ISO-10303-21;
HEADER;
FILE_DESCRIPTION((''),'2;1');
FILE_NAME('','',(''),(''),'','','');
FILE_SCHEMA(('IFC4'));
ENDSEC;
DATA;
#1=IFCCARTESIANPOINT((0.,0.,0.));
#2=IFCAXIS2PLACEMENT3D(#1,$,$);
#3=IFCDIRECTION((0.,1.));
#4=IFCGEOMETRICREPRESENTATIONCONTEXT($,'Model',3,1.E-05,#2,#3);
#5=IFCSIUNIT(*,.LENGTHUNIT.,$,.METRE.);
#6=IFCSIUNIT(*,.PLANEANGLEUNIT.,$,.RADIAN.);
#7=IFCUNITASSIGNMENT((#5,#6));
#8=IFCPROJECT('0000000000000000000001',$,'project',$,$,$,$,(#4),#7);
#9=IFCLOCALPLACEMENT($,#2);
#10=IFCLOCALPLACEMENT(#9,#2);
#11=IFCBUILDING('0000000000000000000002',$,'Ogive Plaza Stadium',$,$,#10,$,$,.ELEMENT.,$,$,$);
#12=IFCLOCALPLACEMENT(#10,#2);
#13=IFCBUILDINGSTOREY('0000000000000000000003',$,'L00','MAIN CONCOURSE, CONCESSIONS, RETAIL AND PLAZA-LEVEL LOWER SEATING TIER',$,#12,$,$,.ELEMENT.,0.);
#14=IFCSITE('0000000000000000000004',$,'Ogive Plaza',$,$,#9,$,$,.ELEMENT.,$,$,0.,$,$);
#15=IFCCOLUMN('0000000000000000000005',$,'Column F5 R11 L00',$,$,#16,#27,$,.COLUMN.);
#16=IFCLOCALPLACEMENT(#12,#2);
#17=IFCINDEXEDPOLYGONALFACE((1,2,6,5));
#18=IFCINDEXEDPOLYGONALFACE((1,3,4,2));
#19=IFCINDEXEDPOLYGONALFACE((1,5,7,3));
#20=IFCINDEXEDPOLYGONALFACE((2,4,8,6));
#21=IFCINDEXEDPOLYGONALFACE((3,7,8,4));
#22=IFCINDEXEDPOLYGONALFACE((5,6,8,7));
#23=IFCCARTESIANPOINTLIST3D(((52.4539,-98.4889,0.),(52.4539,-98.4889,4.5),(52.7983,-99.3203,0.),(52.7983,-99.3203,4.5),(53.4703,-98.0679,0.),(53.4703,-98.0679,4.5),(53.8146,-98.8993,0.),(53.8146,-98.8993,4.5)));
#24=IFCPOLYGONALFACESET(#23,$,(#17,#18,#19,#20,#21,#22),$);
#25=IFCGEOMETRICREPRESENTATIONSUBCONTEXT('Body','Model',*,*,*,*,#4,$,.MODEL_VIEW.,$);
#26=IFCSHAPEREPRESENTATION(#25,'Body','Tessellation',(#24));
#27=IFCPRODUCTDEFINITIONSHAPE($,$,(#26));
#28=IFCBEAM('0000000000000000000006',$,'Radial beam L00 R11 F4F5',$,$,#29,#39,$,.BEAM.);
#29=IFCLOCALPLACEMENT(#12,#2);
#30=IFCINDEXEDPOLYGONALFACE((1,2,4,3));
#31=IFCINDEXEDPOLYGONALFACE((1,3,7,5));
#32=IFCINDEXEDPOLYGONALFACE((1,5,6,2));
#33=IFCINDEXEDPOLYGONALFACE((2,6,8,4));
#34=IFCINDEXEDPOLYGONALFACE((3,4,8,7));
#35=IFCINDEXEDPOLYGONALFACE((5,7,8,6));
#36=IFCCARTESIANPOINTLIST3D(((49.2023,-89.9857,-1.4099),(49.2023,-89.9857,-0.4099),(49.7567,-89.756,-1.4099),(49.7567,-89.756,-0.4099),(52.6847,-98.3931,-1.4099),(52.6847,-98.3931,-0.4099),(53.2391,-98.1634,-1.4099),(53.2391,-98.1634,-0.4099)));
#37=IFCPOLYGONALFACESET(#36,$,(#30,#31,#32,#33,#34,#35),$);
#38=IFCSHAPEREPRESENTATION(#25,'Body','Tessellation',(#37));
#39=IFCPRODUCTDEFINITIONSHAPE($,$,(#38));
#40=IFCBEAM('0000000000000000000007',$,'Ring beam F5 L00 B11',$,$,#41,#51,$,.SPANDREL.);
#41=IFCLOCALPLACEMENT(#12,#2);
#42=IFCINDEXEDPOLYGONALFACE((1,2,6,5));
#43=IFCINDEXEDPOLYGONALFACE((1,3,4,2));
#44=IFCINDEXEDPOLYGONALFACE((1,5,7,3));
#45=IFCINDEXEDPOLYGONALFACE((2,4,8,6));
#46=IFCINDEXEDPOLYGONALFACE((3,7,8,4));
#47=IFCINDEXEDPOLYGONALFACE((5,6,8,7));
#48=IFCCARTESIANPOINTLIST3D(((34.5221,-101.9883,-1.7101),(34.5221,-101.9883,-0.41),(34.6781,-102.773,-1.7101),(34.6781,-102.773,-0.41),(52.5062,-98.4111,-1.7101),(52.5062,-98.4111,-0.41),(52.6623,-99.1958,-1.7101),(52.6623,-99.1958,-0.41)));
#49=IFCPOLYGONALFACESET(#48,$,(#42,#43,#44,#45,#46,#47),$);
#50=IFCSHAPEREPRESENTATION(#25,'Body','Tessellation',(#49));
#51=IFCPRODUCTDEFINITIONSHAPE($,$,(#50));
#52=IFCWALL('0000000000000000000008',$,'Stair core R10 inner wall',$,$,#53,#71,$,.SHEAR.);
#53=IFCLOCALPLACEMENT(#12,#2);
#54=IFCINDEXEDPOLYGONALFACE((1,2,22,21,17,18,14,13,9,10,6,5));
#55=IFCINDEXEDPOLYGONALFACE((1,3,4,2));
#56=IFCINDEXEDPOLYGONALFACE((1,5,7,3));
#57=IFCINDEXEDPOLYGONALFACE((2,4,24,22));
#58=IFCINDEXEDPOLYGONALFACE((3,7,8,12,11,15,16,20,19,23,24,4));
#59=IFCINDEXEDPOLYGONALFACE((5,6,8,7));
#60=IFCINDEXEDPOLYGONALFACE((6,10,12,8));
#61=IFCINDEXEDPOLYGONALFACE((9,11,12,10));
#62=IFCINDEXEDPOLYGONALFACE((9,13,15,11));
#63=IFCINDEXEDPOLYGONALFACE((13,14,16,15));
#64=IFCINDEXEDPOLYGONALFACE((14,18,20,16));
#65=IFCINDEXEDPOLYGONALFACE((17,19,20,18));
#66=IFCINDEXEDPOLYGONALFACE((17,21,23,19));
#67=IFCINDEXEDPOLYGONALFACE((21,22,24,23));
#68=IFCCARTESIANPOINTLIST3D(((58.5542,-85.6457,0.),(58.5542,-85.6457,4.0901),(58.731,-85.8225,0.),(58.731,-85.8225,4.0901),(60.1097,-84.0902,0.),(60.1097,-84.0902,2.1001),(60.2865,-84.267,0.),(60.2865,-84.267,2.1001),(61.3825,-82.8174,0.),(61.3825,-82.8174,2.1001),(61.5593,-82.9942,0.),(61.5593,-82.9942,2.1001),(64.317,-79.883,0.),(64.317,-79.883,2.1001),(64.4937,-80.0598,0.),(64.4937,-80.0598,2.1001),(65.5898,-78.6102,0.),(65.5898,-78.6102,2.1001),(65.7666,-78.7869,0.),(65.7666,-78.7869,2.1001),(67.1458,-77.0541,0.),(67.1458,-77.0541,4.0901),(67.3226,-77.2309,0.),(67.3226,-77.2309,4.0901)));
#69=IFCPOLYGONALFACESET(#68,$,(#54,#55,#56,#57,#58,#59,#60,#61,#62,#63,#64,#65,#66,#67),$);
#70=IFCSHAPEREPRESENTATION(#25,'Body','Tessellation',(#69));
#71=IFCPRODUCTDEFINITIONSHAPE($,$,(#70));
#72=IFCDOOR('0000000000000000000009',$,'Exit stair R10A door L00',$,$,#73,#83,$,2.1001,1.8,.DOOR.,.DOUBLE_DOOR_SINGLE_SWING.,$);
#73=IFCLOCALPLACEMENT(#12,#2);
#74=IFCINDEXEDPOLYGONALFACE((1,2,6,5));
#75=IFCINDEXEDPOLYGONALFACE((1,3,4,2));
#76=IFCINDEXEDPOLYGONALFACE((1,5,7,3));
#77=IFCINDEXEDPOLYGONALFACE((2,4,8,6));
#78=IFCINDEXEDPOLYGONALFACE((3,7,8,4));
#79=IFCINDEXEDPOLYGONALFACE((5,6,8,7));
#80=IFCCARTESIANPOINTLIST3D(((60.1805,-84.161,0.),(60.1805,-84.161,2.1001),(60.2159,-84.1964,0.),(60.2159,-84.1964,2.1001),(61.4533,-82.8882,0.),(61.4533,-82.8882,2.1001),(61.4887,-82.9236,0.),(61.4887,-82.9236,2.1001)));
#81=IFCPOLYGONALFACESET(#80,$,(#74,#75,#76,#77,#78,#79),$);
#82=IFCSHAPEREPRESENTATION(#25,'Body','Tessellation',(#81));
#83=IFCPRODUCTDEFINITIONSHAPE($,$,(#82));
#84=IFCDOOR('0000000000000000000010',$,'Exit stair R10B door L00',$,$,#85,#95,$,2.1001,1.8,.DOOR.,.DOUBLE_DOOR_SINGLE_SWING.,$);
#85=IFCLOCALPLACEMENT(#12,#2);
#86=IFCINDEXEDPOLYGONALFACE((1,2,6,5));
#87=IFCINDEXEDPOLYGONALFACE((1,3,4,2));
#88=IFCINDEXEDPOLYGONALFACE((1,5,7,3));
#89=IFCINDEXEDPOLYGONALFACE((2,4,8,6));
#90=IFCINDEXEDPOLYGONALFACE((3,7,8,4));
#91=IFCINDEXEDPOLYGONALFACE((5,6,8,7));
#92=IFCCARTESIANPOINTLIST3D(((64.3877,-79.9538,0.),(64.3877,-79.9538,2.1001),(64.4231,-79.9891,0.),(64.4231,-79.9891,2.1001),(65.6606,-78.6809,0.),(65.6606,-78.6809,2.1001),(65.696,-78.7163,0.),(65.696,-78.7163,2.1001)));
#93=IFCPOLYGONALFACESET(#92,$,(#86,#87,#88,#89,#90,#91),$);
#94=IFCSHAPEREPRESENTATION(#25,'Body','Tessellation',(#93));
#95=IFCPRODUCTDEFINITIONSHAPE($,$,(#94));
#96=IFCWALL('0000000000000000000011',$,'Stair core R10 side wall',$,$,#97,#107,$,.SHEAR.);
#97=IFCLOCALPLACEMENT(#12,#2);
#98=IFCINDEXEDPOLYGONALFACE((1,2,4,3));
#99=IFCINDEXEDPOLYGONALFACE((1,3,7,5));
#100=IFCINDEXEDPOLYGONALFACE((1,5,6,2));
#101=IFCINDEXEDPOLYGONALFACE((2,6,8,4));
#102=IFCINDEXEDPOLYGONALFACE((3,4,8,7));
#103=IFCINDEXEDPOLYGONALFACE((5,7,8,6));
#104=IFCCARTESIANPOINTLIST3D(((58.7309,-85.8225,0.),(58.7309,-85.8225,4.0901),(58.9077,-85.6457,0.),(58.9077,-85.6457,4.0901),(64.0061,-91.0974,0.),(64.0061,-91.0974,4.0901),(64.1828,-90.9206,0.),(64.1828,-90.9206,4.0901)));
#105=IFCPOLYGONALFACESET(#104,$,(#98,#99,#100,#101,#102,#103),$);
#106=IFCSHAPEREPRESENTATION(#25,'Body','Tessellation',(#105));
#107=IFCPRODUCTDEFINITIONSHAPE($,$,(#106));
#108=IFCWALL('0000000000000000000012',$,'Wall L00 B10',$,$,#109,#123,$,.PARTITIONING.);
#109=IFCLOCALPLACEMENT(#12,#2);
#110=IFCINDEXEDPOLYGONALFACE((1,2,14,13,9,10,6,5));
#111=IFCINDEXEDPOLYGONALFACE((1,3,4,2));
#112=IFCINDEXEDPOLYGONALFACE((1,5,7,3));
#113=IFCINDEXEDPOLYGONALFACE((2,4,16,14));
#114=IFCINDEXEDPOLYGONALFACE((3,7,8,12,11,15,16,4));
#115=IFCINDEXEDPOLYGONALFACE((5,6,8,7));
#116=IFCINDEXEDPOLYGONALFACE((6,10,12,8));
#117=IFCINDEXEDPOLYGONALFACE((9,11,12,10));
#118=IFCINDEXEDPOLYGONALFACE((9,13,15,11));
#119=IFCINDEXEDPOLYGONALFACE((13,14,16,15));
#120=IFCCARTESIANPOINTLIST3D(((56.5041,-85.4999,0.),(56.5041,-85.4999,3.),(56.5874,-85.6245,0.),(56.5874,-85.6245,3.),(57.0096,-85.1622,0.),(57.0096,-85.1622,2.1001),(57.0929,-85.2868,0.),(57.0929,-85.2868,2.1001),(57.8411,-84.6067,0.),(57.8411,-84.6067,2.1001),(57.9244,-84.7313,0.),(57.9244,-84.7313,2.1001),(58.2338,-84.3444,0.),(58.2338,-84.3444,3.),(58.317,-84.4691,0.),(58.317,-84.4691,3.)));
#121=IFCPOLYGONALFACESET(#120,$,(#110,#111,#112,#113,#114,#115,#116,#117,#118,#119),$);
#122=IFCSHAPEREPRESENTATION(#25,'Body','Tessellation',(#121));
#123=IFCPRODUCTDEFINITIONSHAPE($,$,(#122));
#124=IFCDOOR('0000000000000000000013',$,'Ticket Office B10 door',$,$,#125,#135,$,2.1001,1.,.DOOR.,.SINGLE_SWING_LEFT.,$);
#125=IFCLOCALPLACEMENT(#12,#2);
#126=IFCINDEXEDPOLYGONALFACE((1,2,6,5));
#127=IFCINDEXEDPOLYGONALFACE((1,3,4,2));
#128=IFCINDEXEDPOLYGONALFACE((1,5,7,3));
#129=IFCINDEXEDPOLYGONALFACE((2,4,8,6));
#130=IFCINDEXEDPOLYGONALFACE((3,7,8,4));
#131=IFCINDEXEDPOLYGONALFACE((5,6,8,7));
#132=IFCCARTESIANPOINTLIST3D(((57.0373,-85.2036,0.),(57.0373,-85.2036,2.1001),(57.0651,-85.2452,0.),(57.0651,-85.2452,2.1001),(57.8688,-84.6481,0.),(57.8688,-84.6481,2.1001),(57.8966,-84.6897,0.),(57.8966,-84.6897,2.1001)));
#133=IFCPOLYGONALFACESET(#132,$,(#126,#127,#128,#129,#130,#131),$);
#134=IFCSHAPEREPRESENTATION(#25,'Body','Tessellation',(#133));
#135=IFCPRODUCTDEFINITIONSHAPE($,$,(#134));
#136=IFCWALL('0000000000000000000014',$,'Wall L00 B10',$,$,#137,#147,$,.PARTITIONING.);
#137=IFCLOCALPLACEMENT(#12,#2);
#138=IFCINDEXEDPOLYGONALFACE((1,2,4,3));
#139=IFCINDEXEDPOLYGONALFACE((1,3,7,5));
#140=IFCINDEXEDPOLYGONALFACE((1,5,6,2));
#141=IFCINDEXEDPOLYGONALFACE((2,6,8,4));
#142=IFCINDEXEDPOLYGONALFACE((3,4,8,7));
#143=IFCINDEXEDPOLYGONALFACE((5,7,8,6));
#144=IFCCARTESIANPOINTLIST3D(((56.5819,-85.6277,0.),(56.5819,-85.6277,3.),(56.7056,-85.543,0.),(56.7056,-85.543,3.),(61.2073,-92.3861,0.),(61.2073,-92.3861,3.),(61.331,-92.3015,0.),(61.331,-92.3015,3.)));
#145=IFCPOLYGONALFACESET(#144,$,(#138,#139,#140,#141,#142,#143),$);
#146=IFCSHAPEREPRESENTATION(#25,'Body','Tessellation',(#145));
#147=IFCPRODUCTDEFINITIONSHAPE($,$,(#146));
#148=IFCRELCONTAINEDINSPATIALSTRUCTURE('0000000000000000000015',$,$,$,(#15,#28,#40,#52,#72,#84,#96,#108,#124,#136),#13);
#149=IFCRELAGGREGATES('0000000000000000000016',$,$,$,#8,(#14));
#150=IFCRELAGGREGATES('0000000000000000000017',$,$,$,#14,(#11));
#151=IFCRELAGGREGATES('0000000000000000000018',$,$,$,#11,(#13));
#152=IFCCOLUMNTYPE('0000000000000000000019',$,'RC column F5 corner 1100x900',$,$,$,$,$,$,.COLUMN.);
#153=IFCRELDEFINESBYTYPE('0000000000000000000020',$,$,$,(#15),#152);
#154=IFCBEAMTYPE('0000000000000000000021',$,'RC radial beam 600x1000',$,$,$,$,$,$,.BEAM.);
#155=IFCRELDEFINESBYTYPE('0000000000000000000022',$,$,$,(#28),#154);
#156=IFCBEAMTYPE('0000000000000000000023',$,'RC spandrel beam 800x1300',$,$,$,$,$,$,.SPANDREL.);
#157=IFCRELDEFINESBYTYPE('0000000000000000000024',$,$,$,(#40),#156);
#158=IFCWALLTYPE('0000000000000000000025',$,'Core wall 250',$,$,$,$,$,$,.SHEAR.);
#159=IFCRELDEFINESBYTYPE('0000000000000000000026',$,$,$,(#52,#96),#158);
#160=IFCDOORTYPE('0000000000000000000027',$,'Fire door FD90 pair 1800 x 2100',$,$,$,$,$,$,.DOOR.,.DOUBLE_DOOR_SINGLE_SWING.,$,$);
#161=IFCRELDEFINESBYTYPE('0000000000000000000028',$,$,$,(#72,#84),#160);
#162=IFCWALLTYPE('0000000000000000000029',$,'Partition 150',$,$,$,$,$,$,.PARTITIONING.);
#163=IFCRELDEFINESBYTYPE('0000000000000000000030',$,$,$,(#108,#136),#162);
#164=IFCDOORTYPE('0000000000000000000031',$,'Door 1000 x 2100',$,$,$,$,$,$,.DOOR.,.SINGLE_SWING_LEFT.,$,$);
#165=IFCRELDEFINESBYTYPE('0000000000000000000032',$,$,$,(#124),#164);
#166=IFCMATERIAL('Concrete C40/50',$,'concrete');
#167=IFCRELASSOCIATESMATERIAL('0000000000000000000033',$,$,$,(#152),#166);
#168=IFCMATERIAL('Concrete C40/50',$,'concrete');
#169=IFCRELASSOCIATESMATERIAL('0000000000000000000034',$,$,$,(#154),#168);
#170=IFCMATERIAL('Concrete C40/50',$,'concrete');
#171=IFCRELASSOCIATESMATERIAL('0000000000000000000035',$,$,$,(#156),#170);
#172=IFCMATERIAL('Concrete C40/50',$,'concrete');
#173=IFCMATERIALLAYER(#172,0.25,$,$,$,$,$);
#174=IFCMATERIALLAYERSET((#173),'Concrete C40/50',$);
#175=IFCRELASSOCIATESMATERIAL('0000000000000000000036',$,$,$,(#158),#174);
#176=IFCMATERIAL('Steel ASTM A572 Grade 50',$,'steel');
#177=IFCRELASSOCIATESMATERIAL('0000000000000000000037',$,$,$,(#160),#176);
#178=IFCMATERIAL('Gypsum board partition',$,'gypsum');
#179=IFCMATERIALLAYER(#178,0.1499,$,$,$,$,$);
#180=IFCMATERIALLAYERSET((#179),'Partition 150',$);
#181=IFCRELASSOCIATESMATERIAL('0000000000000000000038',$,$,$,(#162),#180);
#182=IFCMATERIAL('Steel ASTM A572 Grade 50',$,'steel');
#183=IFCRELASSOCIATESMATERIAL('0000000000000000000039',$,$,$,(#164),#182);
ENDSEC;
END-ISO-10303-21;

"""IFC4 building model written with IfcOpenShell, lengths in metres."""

from ifc_helpers import new_model, si_unit, direction, frame, frame_2d, origin, origin_2d, place, context, subcontext, project, spatial, rectangle, extrude, material, layer, layer_set, material_profile, profile_set, type_object, element, fill, save


model = new_model("IFC4")

# Units and contexts
model_context = context("Model", 3, precision=1e-05, world=origin(), true_north=direction((0.0, 1.0)))
body_context = subcontext(model_context, "Body", "Model", "MODEL_VIEW")
ifc_project = project(units=[si_unit("LENGTHUNIT", "METRE"), si_unit("PLANEANGLEUNIT", "RADIAN")], contexts=[model_context])

# Site, building, storey
site_placement = place(None, origin())
site = spatial("IfcSite", under=ifc_project, at=site_placement, Name="Ogive Plaza", CompositionType="ELEMENT", RefElevation=0.0)
building_placement = place(site_placement, origin())
building = spatial("IfcBuilding", under=site, at=building_placement, Name="Ogive Plaza Stadium", CompositionType="ELEMENT")
storey_placement = place(building_placement, origin())
storey = spatial("IfcBuildingStorey", under=building, at=storey_placement, Name="L00", Description="MAIN CONCOURSE, CONCESSIONS, RETAIL AND PLAZA-LEVEL LOWER SEATING TIER", CompositionType="ELEMENT", Elevation=0.0)

# Column
ifc_material_1 = material(Name="Concrete C40/50", Category="concrete")
ifc_material_profile_1 = material_profile(ifc_material_1, rectangle(XDim=1.1001, YDim=0.8999, at=origin_2d()), Name="RC 1100x900")
ifc_profile_set_1 = profile_set([ifc_material_profile_1], Name="Concrete C40/50")
column_type = type_object("IfcColumnType", Name="RC column F5 corner 1100x900", PredefinedType="COLUMN", material=ifc_profile_set_1)
column_placement = place(storey_placement, frame((53.1343, -98.6941, 0.0), z_axis=(0.0, 0.0, 1.0), x_axis=(0.92388, 0.382683, 0.0)))
element("IfcColumn", 1, at=column_placement, inside=storey, type_object=column_type, Name="Column F5 R11 L00", PredefinedType="COLUMN", context=body_context, shape_type="SweptSolid", body=[
    extrude(rectangle(XDim=1.1001, YDim=0.8999, at=origin_2d()), origin(), (0.0, 0.0, 1.0), 4.5),
])

# Beams
ifc_material_2 = material(Name="Concrete C40/50", Category="concrete")
ifc_material_profile_2 = material_profile(ifc_material_2, rectangle(XDim=0.6001, YDim=1.0, at=origin_2d()), Name="RC 600x1000")
ifc_profile_set_2 = profile_set([ifc_material_profile_2], Name="Concrete C40/50")
beam_type_1 = type_object("IfcBeamType", Name="RC radial beam 600x1000", PredefinedType="BEAM", material=ifc_profile_set_2)
beam_1_placement = place(storey_placement, frame((49.4795, -89.8708, -0.9099), z_axis=(0.382677, -0.923882, 0.0), x_axis=(0.923882, 0.382677, 0.0)))
element("IfcBeam", 2, at=beam_1_placement, inside=storey, type_object=beam_type_1, Name="Radial beam L00 R11 F4F5", PredefinedType="BEAM", context=body_context, shape_type="SweptSolid", body=[
    extrude(rectangle(XDim=0.6001, YDim=1.0, at=origin_2d()), origin(), (0.0, 0.0, 1.0), 9.1001),
])
ifc_material_3 = material(Name="Concrete C40/50", Category="concrete")
ifc_material_profile_3 = material_profile(ifc_material_3, rectangle(XDim=0.8, YDim=1.3, at=origin_2d()), Name="RC 800x1300")
ifc_profile_set_3 = profile_set([ifc_material_profile_3], Name="Concrete C40/50")
beam_type_2 = type_object("IfcBeamType", Name="RC spandrel beam 800x1300", PredefinedType="SPANDREL", material=ifc_profile_set_3)
beam_2_placement = place(storey_placement, frame((52.5842, -98.8035, -1.0601), z_axis=(-0.980787, -0.195084, 0.0), x_axis=(0.195084, -0.980787, 0.0)))
element("IfcBeam", 3, at=beam_2_placement, inside=storey, type_object=beam_type_2, Name="Ring beam F5 L00 B11", PredefinedType="SPANDREL", context=body_context, shape_type="SweptSolid", body=[
    extrude(rectangle(XDim=0.8, YDim=1.3, at=origin_2d()), origin(), (0.0, 0.0, 1.0), 18.3364),
])

# Wall, openings, doors
ifc_material_4 = material(Name="Concrete C40/50", Category="concrete")
ifc_layer_1 = layer(ifc_material_4, 0.25)
ifc_layer_set_1 = layer_set([ifc_layer_1], Name="Concrete C40/50")
wall_type_1 = type_object("IfcWallType", Name="Core wall 250", PredefinedType="SHEAR", material=ifc_layer_set_1)
wall_1_placement = place(storey_placement, frame((58.6426, -85.7341, 0.0), z_axis=(0.0, 0.0, 1.0), x_axis=(0.707107, 0.707107, 0.0)))
wall_1 = element("IfcWall", 4, at=wall_1_placement, inside=storey, type_object=wall_type_1, Name="Stair core R10 inner wall", PredefinedType="SHEAR", context=body_context, shape_type="SweptSolid", body=[
    extrude(rectangle(XDim=12.1504, YDim=0.25, at=frame_2d((6.0752, 0.0))), origin(), (0.0, 0.0, 1.0), 4.0901),
])
opening_1_placement = place(wall_1_placement, frame((2.2, 0.0, 0.0)))
opening_1 = element("IfcOpeningElement", 5, at=opening_1_placement, cuts=wall_1, PredefinedType="OPENING", context=body_context, shape_type="SweptSolid", body=[
    extrude(rectangle(XDim=1.8, YDim=2.1001, at=frame_2d((0.8999, 1.05))), frame((0.0, 0.125, 0.0), z_axis=(0.0, -1.0, 0.0), x_axis=(1.0, 0.0, 0.0)), (0.0, 0.0, 1.0), 0.25),
])
opening_2_placement = place(wall_1_placement, frame((8.1499, 0.0, 0.0)))
opening_2 = element("IfcOpeningElement", 6, at=opening_2_placement, cuts=wall_1, PredefinedType="OPENING", context=body_context, shape_type="SweptSolid", body=[
    extrude(rectangle(XDim=1.8, YDim=2.1001, at=frame_2d((0.8999, 1.05))), frame((0.0, 0.125, 0.0), z_axis=(0.0, -1.0, 0.0), x_axis=(1.0, 0.0, 0.0)), (0.0, 0.0, 1.0), 0.25),
])
ifc_material_5 = material(Name="Steel ASTM A572 Grade 50", Category="steel")
door_type_1 = type_object("IfcDoorType", Name="Fire door FD90 pair 1800 x 2100", OperationType="DOUBLE_DOOR_SINGLE_SWING", PredefinedType="DOOR", material=ifc_material_5)
door_1_placement = place(opening_1_placement, origin())
door_1 = element("IfcDoor", 7, at=door_1_placement, inside=storey, type_object=door_type_1, Name="Exit stair R10A door L00", OperationType="DOUBLE_DOOR_SINGLE_SWING", OverallHeight=2.1001, OverallWidth=1.8, PredefinedType="DOOR", context=body_context, shape_type="SweptSolid", body=[
    extrude(rectangle(XDim=1.8, YDim=2.1001, at=frame_2d((0.8999, 1.05))), frame((0.0, 0.0249, 0.0), z_axis=(0.0, -1.0, 0.0), x_axis=(1.0, 0.0, 0.0)), (0.0, 0.0, 1.0), 0.05),
])
fill(opening_1, door_1)
door_2_placement = place(opening_2_placement, origin())
door_2 = element("IfcDoor", 8, at=door_2_placement, inside=storey, type_object=door_type_1, Name="Exit stair R10B door L00", OperationType="DOUBLE_DOOR_SINGLE_SWING", OverallHeight=2.1001, OverallWidth=1.8, PredefinedType="DOOR", context=body_context, shape_type="SweptSolid", body=[
    extrude(rectangle(XDim=1.8, YDim=2.1001, at=frame_2d((0.8999, 1.05))), frame((0.0, 0.0249, 0.0), z_axis=(0.0, -1.0, 0.0), x_axis=(1.0, 0.0, 0.0)), (0.0, 0.0, 1.0), 0.05),
])
fill(opening_2, door_2)

# Wall
wall_2_placement = place(storey_placement, frame((58.8193, -85.7341, 0.0), z_axis=(0.0, 0.0, 1.0), x_axis=(0.707123, -0.70709, 0.0)))
element("IfcWall", 9, at=wall_2_placement, inside=storey, type_object=wall_type_1, Name="Stair core R10 side wall", PredefinedType="SHEAR", context=body_context, shape_type="SweptSolid", body=[
    extrude(rectangle(XDim=7.46, YDim=0.25, at=frame_2d((3.73, 0.0))), origin(), (0.0, 0.0, 1.0), 4.0901),
])

# Wall, opening, door
ifc_material_6 = material(Name="Gypsum board partition", Category="gypsum")
ifc_layer_2 = layer(ifc_material_6, 0.1499)
ifc_layer_set_2 = layer_set([ifc_layer_2], Name="Partition 150")
wall_type_2 = type_object("IfcWallType", Name="Partition 150", PredefinedType="PARTITIONING", material=ifc_layer_set_2)
wall_3_placement = place(storey_placement, frame((58.2754, -84.4067, 0.0), z_axis=(0.0, 0.0, 1.0), x_axis=(-0.831526, -0.555485, 0.0)))
wall_3 = element("IfcWall", 10, at=wall_3_placement, inside=storey, type_object=wall_type_2, Name="Wall L00 B10", PredefinedType="PARTITIONING", context=body_context, shape_type="SweptSolid", body=[
    extrude(rectangle(XDim=2.0801, YDim=0.1499, at=frame_2d((1.04, 0.0))), origin(), (0.0, 0.0, 1.0), 3.0),
])
opening_3_placement = place(wall_3_placement, frame((0.4722, 0.0, 0.0)))
opening_3 = element("IfcOpeningElement", 11, at=opening_3_placement, cuts=wall_3, PredefinedType="OPENING", context=body_context, shape_type="SweptSolid", body=[
    extrude(rectangle(XDim=1.0, YDim=2.1001, at=frame_2d((0.5, 1.05))), frame((0.0, 0.075, 0.0), z_axis=(0.0, -1.0, 0.0), x_axis=(1.0, 0.0, 0.0)), (0.0, 0.0, 1.0), 0.1499),
])
ifc_material_7 = material(Name="Steel ASTM A572 Grade 50", Category="steel")
door_type_2 = type_object("IfcDoorType", Name="Door 1000 x 2100", OperationType="SINGLE_SWING_LEFT", PredefinedType="DOOR", material=ifc_material_7)
door_3_placement = place(opening_3_placement, origin())
door_3 = element("IfcDoor", 12, at=door_3_placement, inside=storey, type_object=door_type_2, Name="Ticket Office B10 door", OperationType="SINGLE_SWING_LEFT", OverallHeight=2.1001, OverallWidth=1.0, PredefinedType="DOOR", context=body_context, shape_type="SweptSolid", body=[
    extrude(rectangle(XDim=1.0, YDim=2.1001, at=frame_2d((0.5, 1.05))), frame((0.0, 0.0249, 0.0), z_axis=(0.0, -1.0, 0.0), x_axis=(1.0, 0.0, 0.0)), (0.0, 0.0, 1.0), 0.05),
])
fill(opening_3, door_3)

# Wall
wall_4_placement = place(storey_placement, frame((56.6438, -85.5854, 0.0), z_axis=(0.0, 0.0, 1.0), x_axis=(0.564785, -0.825238, 0.0)))
element("IfcWall", 13, at=wall_4_placement, inside=storey, type_object=wall_type_2, Name="Wall L00 B10", PredefinedType="PARTITIONING", context=body_context, shape_type="SweptSolid", body=[
    extrude(rectangle(XDim=8.1897, YDim=0.1499, at=frame_2d((4.0947, 0.0))), origin(), (0.0, 0.0, 1.0), 3.0),
])

save(model, "model.ifc")
